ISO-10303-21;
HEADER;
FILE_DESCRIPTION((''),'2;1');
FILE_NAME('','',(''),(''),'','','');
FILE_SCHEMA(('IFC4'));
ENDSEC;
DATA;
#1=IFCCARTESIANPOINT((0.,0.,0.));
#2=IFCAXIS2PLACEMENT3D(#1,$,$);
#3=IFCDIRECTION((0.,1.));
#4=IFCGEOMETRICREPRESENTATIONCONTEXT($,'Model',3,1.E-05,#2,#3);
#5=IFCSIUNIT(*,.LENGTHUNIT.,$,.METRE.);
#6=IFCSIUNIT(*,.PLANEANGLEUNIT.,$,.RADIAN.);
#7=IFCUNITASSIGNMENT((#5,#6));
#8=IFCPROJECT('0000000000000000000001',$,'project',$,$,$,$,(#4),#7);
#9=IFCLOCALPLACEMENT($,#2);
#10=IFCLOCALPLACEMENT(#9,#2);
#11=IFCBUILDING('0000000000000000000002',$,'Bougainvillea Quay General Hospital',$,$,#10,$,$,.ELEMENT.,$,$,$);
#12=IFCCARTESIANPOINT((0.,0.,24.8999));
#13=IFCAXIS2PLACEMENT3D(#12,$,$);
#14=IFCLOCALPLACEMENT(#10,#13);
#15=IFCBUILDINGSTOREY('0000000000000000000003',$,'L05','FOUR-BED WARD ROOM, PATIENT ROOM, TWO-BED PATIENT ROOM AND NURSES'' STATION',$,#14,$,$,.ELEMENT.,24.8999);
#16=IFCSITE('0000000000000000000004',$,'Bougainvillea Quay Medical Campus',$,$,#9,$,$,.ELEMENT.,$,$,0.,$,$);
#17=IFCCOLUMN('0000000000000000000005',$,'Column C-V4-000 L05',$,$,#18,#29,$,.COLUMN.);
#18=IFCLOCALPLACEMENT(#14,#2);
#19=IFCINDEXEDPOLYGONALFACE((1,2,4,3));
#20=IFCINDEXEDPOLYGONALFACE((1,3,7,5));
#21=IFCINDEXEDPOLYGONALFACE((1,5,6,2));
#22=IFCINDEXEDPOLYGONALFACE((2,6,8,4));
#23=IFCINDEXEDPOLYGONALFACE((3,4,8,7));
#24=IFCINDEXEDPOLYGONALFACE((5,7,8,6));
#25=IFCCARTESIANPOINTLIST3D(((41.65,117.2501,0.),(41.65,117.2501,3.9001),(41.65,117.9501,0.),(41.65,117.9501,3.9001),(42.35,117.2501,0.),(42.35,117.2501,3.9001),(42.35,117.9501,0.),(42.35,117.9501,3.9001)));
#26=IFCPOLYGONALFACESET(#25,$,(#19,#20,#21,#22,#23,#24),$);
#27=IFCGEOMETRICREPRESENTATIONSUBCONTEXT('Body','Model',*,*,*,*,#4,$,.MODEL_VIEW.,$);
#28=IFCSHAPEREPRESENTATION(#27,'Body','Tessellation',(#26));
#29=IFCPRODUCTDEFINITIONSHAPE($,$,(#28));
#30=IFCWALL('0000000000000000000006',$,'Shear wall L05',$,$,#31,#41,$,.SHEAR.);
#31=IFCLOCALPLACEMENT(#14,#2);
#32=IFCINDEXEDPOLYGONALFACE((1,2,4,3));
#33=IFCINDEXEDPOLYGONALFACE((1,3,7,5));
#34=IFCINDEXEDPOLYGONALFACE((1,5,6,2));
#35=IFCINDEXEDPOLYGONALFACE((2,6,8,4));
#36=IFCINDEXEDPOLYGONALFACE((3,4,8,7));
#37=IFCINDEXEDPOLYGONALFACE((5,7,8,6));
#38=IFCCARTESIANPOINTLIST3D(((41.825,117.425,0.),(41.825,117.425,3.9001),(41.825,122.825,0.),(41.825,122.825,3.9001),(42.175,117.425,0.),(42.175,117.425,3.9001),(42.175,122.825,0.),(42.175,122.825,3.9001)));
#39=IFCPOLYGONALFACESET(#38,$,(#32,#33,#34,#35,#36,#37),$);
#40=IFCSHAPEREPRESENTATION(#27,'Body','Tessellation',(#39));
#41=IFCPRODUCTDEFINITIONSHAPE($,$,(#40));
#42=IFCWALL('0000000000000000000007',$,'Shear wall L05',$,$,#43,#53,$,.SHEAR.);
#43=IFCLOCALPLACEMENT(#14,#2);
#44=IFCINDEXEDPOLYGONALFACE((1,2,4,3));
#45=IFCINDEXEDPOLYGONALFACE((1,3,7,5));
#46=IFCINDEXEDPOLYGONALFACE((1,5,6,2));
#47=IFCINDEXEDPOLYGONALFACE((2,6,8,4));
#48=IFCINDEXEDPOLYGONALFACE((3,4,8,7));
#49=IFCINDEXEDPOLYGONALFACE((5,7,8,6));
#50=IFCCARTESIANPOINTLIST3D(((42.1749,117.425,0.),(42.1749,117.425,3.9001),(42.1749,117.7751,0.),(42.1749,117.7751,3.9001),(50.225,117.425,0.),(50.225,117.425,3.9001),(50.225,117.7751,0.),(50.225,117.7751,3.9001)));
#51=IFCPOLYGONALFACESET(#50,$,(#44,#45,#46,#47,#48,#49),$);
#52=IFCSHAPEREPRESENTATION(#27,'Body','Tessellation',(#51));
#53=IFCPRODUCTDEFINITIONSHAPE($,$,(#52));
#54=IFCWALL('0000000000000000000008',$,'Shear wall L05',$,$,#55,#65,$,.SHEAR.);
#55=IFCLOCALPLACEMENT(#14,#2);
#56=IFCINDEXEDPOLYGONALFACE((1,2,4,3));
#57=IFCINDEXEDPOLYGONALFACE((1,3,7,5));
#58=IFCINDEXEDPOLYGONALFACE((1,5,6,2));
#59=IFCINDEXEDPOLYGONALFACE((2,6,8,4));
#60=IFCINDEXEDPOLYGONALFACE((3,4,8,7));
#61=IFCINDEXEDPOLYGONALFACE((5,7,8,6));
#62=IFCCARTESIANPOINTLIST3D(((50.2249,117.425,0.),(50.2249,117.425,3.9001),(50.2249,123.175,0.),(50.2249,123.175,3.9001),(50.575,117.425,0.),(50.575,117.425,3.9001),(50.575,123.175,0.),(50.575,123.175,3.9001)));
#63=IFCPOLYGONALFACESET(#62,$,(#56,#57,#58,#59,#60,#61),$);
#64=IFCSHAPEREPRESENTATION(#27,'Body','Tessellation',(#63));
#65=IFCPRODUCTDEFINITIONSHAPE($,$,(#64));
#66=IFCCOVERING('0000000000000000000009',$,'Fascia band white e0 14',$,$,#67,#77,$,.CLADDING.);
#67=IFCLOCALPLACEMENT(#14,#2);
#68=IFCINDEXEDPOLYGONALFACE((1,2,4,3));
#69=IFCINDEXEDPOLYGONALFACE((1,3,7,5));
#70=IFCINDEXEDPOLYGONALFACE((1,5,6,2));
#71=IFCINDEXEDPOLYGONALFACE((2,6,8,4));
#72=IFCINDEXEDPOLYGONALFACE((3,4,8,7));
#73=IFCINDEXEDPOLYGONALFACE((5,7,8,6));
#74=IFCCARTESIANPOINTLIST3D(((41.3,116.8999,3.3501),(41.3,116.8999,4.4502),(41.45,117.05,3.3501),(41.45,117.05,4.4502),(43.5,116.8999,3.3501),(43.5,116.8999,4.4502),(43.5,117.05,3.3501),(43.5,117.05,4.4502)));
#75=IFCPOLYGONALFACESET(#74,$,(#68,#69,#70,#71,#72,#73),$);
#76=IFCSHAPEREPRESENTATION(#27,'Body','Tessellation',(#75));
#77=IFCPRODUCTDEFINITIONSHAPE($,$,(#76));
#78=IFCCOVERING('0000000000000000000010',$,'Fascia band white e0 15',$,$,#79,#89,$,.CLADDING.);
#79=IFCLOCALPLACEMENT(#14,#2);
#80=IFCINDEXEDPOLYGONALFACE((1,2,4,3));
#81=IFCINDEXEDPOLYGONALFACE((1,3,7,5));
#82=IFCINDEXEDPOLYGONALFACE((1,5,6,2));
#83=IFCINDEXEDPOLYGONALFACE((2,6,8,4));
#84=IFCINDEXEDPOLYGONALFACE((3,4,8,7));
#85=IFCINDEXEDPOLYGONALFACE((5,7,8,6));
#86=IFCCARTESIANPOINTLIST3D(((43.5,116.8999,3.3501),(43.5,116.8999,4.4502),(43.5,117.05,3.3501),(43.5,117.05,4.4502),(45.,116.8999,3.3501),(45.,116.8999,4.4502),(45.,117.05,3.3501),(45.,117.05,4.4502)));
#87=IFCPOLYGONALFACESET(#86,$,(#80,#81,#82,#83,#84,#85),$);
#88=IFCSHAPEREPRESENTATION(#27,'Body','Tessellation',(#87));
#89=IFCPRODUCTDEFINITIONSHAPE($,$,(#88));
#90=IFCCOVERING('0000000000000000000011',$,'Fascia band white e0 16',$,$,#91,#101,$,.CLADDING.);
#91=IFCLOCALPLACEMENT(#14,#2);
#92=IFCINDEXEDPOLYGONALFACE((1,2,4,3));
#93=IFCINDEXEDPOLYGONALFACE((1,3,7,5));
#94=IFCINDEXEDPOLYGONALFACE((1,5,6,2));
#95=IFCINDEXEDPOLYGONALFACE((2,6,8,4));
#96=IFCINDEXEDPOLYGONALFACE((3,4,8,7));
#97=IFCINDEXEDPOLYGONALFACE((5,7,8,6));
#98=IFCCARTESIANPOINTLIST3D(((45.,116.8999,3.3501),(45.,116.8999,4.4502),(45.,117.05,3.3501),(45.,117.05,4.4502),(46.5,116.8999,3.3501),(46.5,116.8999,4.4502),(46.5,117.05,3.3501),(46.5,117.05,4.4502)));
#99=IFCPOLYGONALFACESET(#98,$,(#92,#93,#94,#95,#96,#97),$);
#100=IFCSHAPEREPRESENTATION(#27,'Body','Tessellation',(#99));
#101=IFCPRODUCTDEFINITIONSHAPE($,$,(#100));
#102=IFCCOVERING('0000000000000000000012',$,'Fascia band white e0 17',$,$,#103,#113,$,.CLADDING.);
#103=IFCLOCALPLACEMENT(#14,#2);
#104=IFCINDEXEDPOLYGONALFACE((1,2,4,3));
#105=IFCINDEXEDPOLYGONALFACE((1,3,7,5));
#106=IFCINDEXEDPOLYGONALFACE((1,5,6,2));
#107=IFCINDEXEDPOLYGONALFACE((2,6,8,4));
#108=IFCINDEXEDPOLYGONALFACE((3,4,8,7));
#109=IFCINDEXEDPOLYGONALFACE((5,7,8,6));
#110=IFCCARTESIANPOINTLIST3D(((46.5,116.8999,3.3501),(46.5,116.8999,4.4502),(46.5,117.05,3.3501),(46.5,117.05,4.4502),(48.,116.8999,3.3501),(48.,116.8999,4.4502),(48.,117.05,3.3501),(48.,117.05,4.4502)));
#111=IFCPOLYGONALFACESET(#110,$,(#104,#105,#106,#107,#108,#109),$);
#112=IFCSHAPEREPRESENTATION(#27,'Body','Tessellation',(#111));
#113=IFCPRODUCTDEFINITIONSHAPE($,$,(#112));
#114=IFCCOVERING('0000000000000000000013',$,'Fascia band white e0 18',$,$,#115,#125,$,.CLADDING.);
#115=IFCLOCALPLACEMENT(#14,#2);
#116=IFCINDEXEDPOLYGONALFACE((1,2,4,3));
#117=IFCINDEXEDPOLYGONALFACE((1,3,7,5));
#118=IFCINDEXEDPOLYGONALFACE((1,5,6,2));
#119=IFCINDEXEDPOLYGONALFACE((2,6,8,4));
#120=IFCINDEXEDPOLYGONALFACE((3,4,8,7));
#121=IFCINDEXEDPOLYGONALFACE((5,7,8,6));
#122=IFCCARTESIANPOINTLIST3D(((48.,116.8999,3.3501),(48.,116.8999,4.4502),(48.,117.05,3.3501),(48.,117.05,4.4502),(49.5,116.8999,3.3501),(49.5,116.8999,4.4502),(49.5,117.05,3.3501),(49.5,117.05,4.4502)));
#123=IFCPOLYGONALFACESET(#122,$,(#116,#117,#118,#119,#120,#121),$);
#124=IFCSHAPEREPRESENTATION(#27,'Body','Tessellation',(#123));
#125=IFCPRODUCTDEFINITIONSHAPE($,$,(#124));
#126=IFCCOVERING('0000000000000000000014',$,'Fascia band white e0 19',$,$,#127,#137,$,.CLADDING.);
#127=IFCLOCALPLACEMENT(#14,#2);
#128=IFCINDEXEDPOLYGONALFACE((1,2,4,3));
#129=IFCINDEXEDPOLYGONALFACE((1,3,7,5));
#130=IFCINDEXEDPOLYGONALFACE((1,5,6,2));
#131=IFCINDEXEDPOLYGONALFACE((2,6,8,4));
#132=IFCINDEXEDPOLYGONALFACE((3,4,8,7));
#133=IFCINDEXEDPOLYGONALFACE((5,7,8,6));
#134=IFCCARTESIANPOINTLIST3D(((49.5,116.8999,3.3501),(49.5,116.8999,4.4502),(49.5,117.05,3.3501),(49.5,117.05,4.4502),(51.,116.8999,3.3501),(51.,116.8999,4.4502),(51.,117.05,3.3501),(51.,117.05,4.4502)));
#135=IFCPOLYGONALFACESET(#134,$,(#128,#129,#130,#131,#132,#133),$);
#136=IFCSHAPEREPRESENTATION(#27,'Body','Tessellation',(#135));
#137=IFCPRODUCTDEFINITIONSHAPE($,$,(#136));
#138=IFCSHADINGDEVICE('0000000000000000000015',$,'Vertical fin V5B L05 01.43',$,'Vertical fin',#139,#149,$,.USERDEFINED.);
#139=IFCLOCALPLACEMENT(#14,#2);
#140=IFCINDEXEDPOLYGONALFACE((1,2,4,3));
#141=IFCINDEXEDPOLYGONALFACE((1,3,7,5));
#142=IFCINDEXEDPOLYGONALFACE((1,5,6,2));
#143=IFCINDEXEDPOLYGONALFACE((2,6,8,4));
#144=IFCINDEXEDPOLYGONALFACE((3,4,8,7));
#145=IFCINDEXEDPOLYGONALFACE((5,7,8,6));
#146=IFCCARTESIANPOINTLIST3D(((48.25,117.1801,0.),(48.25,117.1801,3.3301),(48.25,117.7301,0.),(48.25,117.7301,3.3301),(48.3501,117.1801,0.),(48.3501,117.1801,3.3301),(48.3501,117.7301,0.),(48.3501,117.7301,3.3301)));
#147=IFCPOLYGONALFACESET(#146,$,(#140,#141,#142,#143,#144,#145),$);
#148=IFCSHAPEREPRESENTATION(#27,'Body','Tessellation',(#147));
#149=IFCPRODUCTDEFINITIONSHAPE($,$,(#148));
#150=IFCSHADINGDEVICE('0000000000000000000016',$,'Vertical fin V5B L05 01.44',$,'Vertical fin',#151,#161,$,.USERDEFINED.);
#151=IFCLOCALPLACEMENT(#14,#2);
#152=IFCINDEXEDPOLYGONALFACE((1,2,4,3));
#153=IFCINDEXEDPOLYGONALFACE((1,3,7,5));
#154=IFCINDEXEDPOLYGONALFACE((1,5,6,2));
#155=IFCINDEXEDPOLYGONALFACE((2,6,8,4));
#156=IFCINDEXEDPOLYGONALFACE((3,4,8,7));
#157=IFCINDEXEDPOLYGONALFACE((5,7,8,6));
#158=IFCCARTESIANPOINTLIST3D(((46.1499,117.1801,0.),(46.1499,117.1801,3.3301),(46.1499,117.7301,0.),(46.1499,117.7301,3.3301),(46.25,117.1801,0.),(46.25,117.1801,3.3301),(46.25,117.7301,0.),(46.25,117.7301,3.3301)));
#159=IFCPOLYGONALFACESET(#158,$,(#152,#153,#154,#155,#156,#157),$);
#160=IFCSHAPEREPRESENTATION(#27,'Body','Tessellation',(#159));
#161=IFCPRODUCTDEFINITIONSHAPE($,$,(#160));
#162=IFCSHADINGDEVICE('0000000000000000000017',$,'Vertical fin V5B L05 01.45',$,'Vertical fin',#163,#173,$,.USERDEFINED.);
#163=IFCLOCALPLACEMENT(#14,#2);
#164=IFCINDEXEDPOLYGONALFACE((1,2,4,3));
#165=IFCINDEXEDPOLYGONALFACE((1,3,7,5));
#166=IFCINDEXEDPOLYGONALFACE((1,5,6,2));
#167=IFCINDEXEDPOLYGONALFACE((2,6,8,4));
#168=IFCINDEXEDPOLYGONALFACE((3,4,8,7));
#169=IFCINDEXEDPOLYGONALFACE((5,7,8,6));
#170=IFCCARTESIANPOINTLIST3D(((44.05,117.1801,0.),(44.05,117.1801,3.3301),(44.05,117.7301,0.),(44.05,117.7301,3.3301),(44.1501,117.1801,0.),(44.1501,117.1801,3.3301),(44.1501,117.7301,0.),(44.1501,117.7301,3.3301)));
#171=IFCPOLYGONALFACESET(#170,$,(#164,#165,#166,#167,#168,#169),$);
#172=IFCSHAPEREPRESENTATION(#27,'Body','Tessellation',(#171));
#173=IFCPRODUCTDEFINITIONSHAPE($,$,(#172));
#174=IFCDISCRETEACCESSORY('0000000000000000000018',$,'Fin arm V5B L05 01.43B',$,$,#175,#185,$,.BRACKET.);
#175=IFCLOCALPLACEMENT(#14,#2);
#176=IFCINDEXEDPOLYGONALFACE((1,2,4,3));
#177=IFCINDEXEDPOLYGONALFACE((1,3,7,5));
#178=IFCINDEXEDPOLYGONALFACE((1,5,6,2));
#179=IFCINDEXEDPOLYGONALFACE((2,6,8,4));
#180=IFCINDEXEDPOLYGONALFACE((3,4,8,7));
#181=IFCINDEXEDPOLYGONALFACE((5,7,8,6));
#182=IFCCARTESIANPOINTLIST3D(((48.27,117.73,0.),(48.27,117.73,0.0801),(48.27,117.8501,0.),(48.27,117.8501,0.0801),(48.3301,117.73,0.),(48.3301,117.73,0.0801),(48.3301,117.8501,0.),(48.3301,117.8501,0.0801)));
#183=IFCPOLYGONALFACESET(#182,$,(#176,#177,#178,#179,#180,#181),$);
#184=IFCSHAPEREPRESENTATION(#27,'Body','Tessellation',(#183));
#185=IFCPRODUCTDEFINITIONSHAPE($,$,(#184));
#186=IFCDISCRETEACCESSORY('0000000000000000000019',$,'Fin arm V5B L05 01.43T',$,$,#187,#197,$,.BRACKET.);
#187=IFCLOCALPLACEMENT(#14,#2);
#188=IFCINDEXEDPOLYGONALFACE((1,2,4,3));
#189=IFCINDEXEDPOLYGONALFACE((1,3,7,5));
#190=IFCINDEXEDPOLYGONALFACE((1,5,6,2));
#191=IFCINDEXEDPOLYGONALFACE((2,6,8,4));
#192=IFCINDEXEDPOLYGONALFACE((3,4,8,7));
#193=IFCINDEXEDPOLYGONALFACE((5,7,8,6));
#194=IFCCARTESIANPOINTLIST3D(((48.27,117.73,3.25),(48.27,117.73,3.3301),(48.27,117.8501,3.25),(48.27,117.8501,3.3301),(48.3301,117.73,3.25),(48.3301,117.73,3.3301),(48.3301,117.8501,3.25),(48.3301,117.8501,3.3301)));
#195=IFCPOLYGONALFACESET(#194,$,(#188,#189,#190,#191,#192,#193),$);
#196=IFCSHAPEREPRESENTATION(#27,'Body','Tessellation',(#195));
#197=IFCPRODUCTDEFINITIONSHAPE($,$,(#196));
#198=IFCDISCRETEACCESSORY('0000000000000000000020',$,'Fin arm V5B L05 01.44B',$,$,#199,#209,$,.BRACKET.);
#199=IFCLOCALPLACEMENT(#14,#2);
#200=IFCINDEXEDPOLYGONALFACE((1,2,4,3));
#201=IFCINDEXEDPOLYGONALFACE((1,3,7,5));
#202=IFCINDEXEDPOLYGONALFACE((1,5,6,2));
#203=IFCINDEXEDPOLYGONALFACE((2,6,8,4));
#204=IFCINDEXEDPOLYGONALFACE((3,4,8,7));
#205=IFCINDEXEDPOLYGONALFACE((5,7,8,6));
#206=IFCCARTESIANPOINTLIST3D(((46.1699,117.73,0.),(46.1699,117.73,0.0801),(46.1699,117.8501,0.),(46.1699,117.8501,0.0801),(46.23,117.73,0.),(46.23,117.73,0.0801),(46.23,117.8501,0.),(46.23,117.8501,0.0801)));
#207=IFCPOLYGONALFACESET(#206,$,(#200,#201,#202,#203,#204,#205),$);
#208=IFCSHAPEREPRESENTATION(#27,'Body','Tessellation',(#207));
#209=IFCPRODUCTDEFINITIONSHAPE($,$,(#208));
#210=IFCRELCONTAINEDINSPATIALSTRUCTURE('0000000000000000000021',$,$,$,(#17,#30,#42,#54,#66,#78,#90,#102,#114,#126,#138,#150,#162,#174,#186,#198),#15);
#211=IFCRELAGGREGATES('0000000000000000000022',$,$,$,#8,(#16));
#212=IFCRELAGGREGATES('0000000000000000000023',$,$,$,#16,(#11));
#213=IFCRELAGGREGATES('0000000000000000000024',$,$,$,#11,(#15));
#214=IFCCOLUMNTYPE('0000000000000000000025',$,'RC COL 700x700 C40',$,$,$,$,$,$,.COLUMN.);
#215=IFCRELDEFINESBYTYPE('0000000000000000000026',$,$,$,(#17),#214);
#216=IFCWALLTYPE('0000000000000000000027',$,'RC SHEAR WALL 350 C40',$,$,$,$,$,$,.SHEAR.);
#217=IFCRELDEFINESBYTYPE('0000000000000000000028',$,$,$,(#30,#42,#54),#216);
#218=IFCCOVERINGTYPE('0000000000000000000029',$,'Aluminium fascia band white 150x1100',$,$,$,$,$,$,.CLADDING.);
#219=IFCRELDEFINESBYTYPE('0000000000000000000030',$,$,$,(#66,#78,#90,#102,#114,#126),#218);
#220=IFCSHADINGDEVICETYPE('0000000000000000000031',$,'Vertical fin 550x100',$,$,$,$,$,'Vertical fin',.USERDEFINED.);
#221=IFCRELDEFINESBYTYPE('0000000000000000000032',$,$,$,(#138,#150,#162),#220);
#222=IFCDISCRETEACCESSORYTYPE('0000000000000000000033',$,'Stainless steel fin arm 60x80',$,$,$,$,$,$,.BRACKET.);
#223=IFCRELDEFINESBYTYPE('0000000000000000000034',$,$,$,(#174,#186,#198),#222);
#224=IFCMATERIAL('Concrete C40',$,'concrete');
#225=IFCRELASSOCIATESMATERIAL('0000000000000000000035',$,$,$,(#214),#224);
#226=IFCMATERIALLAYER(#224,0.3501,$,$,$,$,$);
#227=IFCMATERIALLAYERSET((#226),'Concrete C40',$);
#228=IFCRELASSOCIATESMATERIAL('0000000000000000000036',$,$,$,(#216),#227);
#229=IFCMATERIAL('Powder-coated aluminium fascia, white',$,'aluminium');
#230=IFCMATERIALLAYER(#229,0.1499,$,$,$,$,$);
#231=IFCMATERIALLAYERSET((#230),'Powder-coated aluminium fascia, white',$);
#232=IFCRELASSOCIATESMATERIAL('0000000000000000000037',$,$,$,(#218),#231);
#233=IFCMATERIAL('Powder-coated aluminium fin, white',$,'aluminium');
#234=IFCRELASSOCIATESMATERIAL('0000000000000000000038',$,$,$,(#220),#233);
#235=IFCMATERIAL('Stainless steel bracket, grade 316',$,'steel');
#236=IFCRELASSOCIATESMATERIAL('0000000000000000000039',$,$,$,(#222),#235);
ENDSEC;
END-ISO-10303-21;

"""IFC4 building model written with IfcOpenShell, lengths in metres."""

from ifc_helpers import new_model, si_unit, direction, frame, frame_2d, origin, origin_2d, place, context, subcontext, project, spatial, polyline, rectangle, outline, extrude, material, layer, layer_set, material_profile, profile_set, type_object, element, save


model = new_model("IFC4")

# Units and contexts
model_context = context("Model", 3, precision=1e-05, world=origin(), true_north=direction((0.0, 1.0)))
body_context = subcontext(model_context, "Body", "Model", "MODEL_VIEW")
ifc_project = project(units=[si_unit("LENGTHUNIT", "METRE"), si_unit("PLANEANGLEUNIT", "RADIAN")], contexts=[model_context])

# Site, building, storey
site_placement = place(None, origin())
site = spatial("IfcSite", under=ifc_project, at=site_placement, Name="Bougainvillea Quay Medical Campus", CompositionType="ELEMENT", RefElevation=0.0)
building_placement = place(site_placement, origin())
building = spatial("IfcBuilding", under=site, at=building_placement, Name="Bougainvillea Quay General Hospital", CompositionType="ELEMENT")
storey_placement = place(building_placement, frame((0.0, 0.0, 24.8999)))
storey = spatial("IfcBuildingStorey", under=building, at=storey_placement, Name="L05", Description="FOUR-BED WARD ROOM, PATIENT ROOM, TWO-BED PATIENT ROOM AND NURSES' STATION", CompositionType="ELEMENT", Elevation=24.8999)

# Column
ifc_material_1 = material(Name="Concrete C40", Category="concrete")
ifc_material_profile_1 = material_profile(ifc_material_1, rectangle(XDim=0.7, YDim=0.7, at=origin_2d()))
ifc_profile_set_1 = profile_set([ifc_material_profile_1], Name="Concrete C40")
column_type = type_object("IfcColumnType", Name="RC COL 700x700 C40", PredefinedType="COLUMN", material=ifc_profile_set_1)
column_placement = place(storey_placement, frame((42.0, 117.6001, 0.0), z_axis=(0.0, 0.0, 1.0), x_axis=(1.0, 0.0, 0.0)))
element("IfcColumn", 1, at=column_placement, inside=storey, type_object=column_type, Name="Column C-V4-000 L05", PredefinedType="COLUMN", context=body_context, shape_type="SweptSolid", body=[
    extrude(rectangle(XDim=0.7, YDim=0.7, at=origin_2d()), origin(), (0.0, 0.0, 1.0), 3.9001),
])

# Walls
ifc_layer_1 = layer(ifc_material_1, 0.3501)
ifc_layer_set_1 = layer_set([ifc_layer_1], Name="Concrete C40")
wall_type = type_object("IfcWallType", Name="RC SHEAR WALL 350 C40", PredefinedType="SHEAR", material=ifc_layer_set_1)
wall_1_placement = place(storey_placement, frame((42.0, 117.425, 0.0), z_axis=(0.0, 0.0, 1.0), x_axis=(0.0, 1.0, 0.0)))
element("IfcWall", 2, at=wall_1_placement, inside=storey, type_object=wall_type, Name="Shear wall L05", PredefinedType="SHEAR", context=body_context, shape_type="SweptSolid", body=[
    extrude(rectangle(XDim=5.3999, YDim=0.3501, at=frame_2d((2.7, 0.0))), origin(), (0.0, 0.0, 1.0), 3.9001),
])
wall_2_placement = place(storey_placement, frame((42.175, 117.6001, 0.0), z_axis=(0.0, 0.0, 1.0), x_axis=(1.0, 0.0, 0.0)))
element("IfcWall", 3, at=wall_2_placement, inside=storey, type_object=wall_type, Name="Shear wall L05", PredefinedType="SHEAR", context=body_context, shape_type="SweptSolid", body=[
    extrude(rectangle(XDim=8.05, YDim=0.3501, at=frame_2d((4.0249, 0.0))), origin(), (0.0, 0.0, 1.0), 3.9001),
])
wall_3_placement = place(storey_placement, frame((50.3999, 117.425, 0.0), z_axis=(0.0, 0.0, 1.0), x_axis=(0.0, 1.0, 0.0)))
element("IfcWall", 4, at=wall_3_placement, inside=storey, type_object=wall_type, Name="Shear wall L05", PredefinedType="SHEAR", context=body_context, shape_type="SweptSolid", body=[
    extrude(rectangle(XDim=5.75, YDim=0.3501, at=frame_2d((2.875, 0.0))), origin(), (0.0, 0.0, 1.0), 3.9001),
])

# Coverings
ifc_material_2 = material(Name="Powder-coated aluminium fascia, white", Category="aluminium")
ifc_layer_2 = layer(ifc_material_2, 0.1499)
ifc_layer_set_2 = layer_set([ifc_layer_2], Name="Powder-coated aluminium fascia, white")
covering_type = type_object("IfcCoveringType", Name="Aluminium fascia band white 150x1100", PredefinedType="CLADDING", material=ifc_layer_set_2)
covering_placement = place(storey_placement, frame((41.45, 117.05, 3.3501), z_axis=(0.0, 0.0, 1.0), x_axis=(1.0, 0.0, 0.0)))
element("IfcCovering", 5, at=covering_placement, inside=storey, type_object=covering_type, Name="Fascia band white e0 14", PredefinedType="CLADDING", context=body_context, shape_type="SweptSolid", body=[
    extrude(outline(polyline([(0.0, 0.0), (2.05, 0.0), (2.05, -0.1501), (-0.1499, -0.1501), (0.0, 0.0)])), origin(), (0.0, 0.0, 1.0), 1.1001),
])
for number, where, z_axis, x_axis, name in (
    (6, (43.5, 117.05, 3.3501), (0.0, 0.0, 1.0), (1.0, 0.0, 0.0), "Fascia band white e0 15"),
    (7, (45.0, 117.05, 3.3501), (0.0, 0.0, 1.0), (1.0, 0.0, 0.0), "Fascia band white e0 16"),
    (8, (46.5, 117.05, 3.3501), (0.0, 0.0, 1.0), (1.0, 0.0, 0.0), "Fascia band white e0 17"),
    (9, (48.0, 117.05, 3.3501), (0.0, 0.0, 1.0), (1.0, 0.0, 0.0), "Fascia band white e0 18"),
    (10, (49.5, 117.05, 3.3501), (0.0, 0.0, 1.0), (1.0, 0.0, 0.0), "Fascia band white e0 19"),
):
    element("IfcCovering", number, at=place(storey_placement, frame(where, z_axis=z_axis, x_axis=x_axis)), inside=storey, type_object=covering_type, Name=name, PredefinedType="CLADDING", context=body_context, shape_type="SweptSolid", body=[
        extrude(outline(polyline([(0.0, 0.0), (1.5, 0.0), (1.5, -0.1501), (0.0, -0.1501), (0.0, 0.0)])), origin(), (0.0, 0.0, 1.0), 1.1001),
    ])

# Shading devices
ifc_material_3 = material(Name="Powder-coated aluminium fin, white", Category="aluminium")
ifc_material_profile_2 = material_profile(ifc_material_3, rectangle(XDim=0.55, YDim=0.1001, at=origin_2d()))
ifc_profile_set_2 = profile_set([ifc_material_profile_2], Name="Powder-coated aluminium fin, white")
shading_device_type = type_object("IfcShadingDeviceType", Name="Vertical fin 550x100", ElementType="Vertical fin", PredefinedType="USERDEFINED", material=ifc_profile_set_2)
for number, where, z_axis, x_axis, name in (
    (11, (48.3, 117.4551, 0.0), (0.0, 0.0, 1.0), (0.0, -1.0, 0.0), "Vertical fin V5B L05 01.43"),
    (12, (46.2, 117.4551, 0.0), (0.0, 0.0, 1.0), (0.0, -1.0, 0.0), "Vertical fin V5B L05 01.44"),
    (13, (44.1001, 117.4551, 0.0), (0.0, 0.0, 1.0), (0.0, -1.0, 0.0), "Vertical fin V5B L05 01.45"),
):
    element("IfcShadingDevice", number, at=place(storey_placement, frame(where, z_axis=z_axis, x_axis=x_axis)), inside=storey, type_object=shading_device_type, Name=name, ObjectType="Vertical fin", PredefinedType="USERDEFINED", context=body_context, shape_type="SweptSolid", body=[
        extrude(rectangle(XDim=0.55, YDim=0.1001, at=origin_2d()), origin(), (0.0, 0.0, 1.0), 3.3301),
    ])

# Discrete accessories
ifc_material_4 = material(Name="Stainless steel bracket, grade 316", Category="steel")
discrete_accessory_type_1 = type_object("IfcDiscreteAccessoryType", Name="Stainless steel fin arm 60x80", PredefinedType="BRACKET", material=ifc_material_4)
for number, where, z_axis, x_axis, name in (
    (14, (48.3, 117.79, 0.0), (0.0, 0.0, 1.0), (0.0, -1.0, 0.0), "Fin arm V5B L05 01.43B"),
    (15, (48.3, 117.79, 3.25), (0.0, 0.0, 1.0), (0.0, -1.0, 0.0), "Fin arm V5B L05 01.43T"),
    (16, (46.2, 117.79, 0.0), (0.0, 0.0, 1.0), (0.0, -1.0, 0.0), "Fin arm V5B L05 01.44B"),
):
    element("IfcDiscreteAccessory", number, at=place(storey_placement, frame(where, z_axis=z_axis, x_axis=x_axis)), inside=storey, type_object=discrete_accessory_type_1, Name=name, PredefinedType="BRACKET", context=body_context, shape_type="SweptSolid", body=[
        extrude(rectangle(XDim=0.1201, YDim=0.0601, at=origin_2d()), origin(), (0.0, 0.0, 1.0), 0.0801),
    ])

save(model, "model.ifc")
